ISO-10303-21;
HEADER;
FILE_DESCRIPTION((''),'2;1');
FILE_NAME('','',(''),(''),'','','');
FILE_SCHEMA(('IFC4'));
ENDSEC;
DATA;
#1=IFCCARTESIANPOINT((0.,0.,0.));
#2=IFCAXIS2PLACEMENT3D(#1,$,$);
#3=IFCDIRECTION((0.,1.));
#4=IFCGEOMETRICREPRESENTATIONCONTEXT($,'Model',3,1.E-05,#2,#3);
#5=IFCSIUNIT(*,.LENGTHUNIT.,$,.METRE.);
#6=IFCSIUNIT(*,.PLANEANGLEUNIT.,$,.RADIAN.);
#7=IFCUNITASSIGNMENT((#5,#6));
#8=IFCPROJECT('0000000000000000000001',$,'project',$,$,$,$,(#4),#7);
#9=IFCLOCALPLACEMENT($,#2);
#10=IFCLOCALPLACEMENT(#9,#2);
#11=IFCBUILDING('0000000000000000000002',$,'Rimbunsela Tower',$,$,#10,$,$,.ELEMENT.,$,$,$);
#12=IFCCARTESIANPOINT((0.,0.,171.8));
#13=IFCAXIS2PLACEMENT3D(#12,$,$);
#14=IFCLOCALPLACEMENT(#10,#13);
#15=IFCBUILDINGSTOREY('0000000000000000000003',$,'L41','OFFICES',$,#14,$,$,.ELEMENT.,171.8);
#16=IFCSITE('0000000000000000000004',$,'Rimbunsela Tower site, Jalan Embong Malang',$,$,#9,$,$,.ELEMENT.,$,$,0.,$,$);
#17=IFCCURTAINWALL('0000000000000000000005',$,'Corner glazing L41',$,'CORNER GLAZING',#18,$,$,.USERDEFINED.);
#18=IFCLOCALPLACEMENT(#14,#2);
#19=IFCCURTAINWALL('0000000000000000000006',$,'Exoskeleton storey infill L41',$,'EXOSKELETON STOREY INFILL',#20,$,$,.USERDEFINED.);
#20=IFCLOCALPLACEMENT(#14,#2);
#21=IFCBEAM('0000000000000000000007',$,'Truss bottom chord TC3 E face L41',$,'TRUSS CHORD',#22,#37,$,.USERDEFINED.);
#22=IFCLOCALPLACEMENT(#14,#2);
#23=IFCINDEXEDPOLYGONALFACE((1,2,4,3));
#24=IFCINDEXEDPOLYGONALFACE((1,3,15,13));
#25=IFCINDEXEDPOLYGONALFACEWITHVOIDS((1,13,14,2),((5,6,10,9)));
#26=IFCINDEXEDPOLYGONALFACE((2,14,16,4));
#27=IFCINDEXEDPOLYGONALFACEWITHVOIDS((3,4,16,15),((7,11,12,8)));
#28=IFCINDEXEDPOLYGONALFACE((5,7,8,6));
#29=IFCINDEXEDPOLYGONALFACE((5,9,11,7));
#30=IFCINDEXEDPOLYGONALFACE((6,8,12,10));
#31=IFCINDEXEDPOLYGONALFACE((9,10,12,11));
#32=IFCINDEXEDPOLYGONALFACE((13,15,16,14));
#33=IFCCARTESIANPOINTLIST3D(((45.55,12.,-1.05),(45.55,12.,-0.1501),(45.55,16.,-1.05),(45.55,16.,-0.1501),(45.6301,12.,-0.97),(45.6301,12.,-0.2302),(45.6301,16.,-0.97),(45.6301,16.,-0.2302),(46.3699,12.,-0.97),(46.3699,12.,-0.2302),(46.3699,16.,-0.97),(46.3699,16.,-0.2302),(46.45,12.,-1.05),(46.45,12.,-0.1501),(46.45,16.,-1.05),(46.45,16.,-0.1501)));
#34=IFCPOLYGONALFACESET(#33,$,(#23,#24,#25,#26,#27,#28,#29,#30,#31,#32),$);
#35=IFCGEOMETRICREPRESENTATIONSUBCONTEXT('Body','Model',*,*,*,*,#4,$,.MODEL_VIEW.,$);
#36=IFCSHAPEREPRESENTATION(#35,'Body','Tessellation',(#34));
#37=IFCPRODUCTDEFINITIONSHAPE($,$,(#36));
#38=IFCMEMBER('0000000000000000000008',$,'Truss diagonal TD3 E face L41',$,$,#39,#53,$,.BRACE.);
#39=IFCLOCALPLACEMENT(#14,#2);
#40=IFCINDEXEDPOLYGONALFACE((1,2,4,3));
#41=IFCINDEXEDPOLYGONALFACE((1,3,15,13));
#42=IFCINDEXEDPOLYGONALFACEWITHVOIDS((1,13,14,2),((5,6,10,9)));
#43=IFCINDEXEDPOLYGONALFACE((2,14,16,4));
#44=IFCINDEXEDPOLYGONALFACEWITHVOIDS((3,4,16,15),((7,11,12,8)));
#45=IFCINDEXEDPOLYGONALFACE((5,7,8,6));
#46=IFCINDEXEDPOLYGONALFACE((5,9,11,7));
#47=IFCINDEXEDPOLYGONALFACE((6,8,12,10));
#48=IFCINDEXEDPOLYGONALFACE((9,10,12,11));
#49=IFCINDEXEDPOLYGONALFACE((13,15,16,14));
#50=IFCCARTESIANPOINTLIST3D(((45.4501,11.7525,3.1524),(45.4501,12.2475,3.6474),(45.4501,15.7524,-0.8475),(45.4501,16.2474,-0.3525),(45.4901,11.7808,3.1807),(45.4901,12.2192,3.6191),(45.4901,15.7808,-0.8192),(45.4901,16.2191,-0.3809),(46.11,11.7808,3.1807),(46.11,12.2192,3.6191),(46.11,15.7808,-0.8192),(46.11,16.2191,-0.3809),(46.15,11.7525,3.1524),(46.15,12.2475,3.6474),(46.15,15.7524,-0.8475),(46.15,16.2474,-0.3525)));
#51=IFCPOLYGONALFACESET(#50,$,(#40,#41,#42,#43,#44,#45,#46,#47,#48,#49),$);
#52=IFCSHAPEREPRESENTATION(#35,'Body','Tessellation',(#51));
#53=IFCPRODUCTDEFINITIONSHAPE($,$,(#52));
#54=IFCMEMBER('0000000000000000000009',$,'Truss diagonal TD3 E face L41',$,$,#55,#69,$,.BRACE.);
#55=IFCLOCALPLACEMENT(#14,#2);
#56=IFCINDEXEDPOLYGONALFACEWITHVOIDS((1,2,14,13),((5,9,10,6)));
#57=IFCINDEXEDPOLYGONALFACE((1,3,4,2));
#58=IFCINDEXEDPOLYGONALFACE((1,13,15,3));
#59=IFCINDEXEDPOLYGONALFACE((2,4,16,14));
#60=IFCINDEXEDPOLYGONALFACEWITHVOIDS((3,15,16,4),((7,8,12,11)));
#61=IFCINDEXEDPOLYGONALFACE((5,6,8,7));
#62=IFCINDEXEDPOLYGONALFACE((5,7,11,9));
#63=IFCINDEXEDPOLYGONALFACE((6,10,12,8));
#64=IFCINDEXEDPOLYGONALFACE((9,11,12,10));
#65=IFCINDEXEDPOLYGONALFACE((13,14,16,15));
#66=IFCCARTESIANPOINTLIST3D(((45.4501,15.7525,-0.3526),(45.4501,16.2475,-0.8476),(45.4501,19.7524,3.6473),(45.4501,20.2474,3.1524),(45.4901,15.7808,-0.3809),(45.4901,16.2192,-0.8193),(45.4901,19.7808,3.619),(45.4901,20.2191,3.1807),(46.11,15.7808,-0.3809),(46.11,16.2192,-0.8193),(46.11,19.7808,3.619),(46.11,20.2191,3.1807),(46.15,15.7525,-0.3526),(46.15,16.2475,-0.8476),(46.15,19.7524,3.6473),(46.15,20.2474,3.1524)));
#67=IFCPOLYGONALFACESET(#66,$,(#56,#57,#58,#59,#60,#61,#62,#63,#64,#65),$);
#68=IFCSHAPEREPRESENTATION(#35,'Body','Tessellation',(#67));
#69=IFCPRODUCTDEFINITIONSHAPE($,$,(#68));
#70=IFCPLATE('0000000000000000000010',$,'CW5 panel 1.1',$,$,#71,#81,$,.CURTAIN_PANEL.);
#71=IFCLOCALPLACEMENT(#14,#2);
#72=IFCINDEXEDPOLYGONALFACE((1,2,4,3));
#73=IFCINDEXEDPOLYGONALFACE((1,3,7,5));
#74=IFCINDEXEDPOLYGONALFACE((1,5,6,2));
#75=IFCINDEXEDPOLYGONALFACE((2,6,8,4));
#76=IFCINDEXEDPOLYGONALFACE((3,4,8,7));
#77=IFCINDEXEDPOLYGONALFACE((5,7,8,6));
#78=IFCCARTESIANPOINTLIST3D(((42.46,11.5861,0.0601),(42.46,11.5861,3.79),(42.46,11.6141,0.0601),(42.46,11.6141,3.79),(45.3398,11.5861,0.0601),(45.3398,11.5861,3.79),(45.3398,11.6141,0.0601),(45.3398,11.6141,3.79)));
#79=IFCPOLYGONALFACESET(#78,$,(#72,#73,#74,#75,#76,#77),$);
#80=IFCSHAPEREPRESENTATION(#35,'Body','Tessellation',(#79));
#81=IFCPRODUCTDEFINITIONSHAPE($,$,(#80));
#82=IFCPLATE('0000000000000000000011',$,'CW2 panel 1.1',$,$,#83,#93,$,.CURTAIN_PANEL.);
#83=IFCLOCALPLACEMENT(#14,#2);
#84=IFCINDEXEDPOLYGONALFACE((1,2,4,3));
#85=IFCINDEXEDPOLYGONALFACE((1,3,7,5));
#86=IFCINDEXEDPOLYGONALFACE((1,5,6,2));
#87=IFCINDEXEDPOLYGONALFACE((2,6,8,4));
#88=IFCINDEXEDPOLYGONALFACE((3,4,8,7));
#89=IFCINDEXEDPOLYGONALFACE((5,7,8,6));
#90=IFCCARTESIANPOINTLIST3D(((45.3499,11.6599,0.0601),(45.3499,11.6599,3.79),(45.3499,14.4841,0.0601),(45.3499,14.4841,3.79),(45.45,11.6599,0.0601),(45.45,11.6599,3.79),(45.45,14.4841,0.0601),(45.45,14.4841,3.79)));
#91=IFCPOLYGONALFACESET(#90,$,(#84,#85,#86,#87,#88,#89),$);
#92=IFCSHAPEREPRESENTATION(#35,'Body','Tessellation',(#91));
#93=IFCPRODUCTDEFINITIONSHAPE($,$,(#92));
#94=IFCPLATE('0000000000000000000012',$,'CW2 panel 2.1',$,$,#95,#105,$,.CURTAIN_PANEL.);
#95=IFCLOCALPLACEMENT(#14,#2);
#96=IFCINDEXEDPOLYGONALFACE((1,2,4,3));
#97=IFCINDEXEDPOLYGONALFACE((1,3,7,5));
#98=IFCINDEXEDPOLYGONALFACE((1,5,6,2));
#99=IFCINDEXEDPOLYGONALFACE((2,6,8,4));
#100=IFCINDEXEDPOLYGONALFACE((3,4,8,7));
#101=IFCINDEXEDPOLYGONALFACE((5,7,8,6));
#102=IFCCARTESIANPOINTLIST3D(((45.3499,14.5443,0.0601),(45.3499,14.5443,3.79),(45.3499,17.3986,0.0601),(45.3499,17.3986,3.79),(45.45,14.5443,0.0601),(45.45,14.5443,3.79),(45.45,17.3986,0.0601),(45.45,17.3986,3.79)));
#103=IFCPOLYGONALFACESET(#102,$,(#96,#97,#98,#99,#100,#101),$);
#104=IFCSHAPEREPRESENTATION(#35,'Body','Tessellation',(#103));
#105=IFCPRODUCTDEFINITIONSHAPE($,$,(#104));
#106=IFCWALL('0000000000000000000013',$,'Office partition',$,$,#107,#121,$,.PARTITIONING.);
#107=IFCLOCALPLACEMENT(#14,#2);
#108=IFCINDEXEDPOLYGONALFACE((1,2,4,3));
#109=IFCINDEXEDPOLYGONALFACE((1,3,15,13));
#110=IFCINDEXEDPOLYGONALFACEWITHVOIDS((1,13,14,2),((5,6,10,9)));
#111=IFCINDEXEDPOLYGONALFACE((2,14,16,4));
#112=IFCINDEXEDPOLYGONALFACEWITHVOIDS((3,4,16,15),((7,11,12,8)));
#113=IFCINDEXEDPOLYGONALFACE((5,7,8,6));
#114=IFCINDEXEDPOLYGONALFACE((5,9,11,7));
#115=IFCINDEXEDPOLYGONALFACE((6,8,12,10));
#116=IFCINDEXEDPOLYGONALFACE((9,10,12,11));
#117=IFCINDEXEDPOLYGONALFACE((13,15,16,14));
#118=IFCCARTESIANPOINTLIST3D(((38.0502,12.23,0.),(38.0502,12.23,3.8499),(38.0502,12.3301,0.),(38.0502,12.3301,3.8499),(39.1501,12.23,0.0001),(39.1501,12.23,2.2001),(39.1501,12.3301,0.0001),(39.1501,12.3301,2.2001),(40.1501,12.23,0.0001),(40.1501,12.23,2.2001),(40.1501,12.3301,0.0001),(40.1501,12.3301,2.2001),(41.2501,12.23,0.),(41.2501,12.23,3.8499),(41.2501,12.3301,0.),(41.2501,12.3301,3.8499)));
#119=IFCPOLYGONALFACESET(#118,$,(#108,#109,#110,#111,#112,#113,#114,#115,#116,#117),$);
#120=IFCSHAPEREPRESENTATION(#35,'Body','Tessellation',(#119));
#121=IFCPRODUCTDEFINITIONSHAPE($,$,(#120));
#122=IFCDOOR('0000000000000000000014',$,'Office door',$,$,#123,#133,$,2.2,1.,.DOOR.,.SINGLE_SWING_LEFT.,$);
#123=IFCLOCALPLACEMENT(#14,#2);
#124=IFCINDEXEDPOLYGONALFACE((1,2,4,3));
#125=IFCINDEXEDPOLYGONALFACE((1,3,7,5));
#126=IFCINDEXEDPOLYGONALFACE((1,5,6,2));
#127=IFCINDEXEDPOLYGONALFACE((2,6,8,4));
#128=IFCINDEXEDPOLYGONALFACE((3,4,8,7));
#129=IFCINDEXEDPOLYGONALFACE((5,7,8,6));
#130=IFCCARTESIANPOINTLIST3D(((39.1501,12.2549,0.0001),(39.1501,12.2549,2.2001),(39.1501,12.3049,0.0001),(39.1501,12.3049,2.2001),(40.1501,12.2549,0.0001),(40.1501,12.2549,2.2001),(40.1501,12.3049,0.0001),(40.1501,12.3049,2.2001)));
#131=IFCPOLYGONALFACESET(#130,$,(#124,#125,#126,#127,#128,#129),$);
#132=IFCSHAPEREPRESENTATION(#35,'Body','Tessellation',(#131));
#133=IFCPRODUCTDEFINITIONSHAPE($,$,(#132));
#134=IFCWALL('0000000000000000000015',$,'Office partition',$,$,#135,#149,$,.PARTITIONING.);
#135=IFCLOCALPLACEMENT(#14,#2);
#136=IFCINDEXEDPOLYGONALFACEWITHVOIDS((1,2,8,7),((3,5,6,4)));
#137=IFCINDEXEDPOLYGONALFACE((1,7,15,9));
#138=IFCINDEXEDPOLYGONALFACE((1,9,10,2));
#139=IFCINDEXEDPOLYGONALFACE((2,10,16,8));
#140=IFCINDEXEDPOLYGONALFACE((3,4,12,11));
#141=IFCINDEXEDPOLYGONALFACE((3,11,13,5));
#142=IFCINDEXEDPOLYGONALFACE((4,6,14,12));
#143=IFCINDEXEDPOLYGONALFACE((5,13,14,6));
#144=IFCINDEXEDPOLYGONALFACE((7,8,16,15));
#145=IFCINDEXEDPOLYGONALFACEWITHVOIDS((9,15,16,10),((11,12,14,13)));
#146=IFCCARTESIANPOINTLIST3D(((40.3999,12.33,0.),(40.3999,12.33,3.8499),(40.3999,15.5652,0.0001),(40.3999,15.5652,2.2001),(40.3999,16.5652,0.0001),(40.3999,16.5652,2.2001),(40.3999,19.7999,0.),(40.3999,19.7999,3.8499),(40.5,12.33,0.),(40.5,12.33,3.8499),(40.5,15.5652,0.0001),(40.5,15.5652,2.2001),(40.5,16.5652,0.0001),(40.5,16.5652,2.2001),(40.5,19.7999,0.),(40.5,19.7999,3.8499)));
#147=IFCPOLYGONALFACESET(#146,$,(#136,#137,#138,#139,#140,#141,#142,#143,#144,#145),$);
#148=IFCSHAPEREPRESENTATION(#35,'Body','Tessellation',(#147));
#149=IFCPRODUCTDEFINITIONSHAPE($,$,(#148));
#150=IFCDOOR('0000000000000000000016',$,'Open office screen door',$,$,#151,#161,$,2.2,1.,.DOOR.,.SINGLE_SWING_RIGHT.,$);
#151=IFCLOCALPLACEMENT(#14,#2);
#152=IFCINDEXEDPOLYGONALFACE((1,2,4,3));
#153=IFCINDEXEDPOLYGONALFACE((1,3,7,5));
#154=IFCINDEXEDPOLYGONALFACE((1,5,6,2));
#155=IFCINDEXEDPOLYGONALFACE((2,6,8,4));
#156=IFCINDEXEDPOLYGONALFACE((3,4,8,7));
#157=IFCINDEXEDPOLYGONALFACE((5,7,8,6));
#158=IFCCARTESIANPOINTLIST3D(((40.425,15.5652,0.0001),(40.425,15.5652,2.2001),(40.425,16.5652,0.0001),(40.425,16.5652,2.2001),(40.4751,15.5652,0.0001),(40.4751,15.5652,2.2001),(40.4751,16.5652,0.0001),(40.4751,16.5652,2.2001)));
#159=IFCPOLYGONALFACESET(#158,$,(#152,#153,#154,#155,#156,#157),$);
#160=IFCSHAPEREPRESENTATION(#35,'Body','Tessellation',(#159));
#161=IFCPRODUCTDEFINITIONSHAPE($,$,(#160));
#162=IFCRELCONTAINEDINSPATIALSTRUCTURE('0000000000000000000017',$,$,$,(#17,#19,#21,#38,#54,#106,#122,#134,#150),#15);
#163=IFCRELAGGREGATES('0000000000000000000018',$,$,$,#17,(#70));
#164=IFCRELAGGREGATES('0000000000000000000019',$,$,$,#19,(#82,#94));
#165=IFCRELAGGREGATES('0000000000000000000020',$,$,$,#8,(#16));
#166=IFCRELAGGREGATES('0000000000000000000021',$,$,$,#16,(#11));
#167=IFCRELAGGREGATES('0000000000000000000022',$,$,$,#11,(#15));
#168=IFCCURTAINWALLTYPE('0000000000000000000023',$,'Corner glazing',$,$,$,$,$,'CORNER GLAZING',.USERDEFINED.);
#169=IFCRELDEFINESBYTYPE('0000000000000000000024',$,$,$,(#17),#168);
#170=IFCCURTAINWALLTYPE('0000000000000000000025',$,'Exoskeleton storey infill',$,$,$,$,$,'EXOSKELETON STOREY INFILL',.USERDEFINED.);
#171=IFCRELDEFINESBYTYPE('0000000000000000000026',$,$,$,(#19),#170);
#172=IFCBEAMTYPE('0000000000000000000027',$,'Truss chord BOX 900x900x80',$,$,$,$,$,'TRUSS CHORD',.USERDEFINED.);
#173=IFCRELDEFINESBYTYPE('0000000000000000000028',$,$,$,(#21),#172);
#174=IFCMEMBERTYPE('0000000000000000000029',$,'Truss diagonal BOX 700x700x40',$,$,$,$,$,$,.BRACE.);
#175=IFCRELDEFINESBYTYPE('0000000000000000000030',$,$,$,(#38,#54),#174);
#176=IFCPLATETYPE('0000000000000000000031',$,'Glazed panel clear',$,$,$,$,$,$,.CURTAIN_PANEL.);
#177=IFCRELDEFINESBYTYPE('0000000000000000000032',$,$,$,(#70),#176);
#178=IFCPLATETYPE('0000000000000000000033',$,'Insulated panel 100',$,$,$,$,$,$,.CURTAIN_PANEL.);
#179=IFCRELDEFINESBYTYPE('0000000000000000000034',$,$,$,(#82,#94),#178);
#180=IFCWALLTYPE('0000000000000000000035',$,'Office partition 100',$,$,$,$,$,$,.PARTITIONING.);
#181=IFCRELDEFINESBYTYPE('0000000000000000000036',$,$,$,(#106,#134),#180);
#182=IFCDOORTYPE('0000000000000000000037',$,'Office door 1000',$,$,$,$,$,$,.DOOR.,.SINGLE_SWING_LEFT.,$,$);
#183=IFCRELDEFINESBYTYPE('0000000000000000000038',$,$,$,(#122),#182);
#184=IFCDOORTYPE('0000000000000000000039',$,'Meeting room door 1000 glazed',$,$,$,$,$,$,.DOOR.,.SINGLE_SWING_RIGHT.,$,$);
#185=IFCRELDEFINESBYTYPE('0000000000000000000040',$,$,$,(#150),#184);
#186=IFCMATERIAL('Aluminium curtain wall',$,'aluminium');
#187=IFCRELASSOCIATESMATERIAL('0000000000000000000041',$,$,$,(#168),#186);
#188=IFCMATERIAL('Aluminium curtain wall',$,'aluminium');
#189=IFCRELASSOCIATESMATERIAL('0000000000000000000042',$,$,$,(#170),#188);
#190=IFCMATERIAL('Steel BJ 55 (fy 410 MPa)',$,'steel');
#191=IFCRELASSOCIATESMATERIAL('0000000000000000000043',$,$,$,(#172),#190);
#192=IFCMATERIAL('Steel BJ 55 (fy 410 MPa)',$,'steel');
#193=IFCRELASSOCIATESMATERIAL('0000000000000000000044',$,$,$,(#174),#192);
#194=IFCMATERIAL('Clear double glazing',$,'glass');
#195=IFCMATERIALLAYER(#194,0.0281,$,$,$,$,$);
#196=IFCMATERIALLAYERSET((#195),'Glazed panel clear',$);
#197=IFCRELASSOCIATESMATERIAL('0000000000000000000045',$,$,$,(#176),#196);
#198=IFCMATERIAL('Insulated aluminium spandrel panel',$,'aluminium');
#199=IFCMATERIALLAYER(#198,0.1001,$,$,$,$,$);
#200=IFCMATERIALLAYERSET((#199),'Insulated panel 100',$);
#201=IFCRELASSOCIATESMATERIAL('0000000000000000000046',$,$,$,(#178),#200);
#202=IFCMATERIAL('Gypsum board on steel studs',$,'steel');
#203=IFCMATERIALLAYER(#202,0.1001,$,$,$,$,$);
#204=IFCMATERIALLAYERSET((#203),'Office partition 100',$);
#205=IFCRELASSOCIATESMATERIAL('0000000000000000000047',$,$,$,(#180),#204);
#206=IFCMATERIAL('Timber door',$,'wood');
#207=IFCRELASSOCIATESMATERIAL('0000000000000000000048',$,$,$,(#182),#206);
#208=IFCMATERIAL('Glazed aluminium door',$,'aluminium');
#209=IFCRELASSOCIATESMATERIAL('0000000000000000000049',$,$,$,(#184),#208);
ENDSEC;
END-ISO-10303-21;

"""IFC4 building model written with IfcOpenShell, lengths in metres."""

from ifc_helpers import new_model, si_unit, direction, frame, frame_2d, origin, origin_2d, place, context, subcontext, project, spatial, rectangle, hollow_rectangle, extrude, material, layer, layer_set, material_profile, profile_set, type_object, element, fill, aggregate, save


model = new_model("IFC4")

# Units and contexts
model_context = context("Model", 3, precision=1e-05, world=origin(), true_north=direction((0.0, 1.0)))
body_context = subcontext(model_context, "Body", "Model", "MODEL_VIEW")
ifc_project = project(units=[si_unit("LENGTHUNIT", "METRE"), si_unit("PLANEANGLEUNIT", "RADIAN")], contexts=[model_context])

# Site, building, storey
site_placement = place(None, origin())
site = spatial("IfcSite", under=ifc_project, at=site_placement, Name="Rimbunsela Tower site, Jalan Embong Malang", CompositionType="ELEMENT", RefElevation=0.0)
building_placement = place(site_placement, origin())
building = spatial("IfcBuilding", under=site, at=building_placement, Name="Rimbunsela Tower", CompositionType="ELEMENT")
storey_placement = place(building_placement, frame((0.0, 0.0, 171.8)))
storey = spatial("IfcBuildingStorey", under=building, at=storey_placement, Name="L41", Description="OFFICES", CompositionType="ELEMENT", Elevation=171.8)

# Shared definitions
ifc_material_1 = material(Name="Aluminium curtain wall", Category="aluminium")
curtain_wall_type_1 = type_object("IfcCurtainWallType", Name="Corner glazing", ElementType="CORNER GLAZING", PredefinedType="USERDEFINED", material=ifc_material_1)

# Curtain walls
curtain_wall_1_placement = place(storey_placement, origin())
curtain_wall_1 = element("IfcCurtainWall", 1, at=curtain_wall_1_placement, inside=storey, type_object=curtain_wall_type_1, Name="Corner glazing L41", ObjectType="CORNER GLAZING", PredefinedType="USERDEFINED")
ifc_material_2 = material(Name="Aluminium curtain wall", Category="aluminium")
curtain_wall_type_2 = type_object("IfcCurtainWallType", Name="Exoskeleton storey infill", ElementType="EXOSKELETON STOREY INFILL", PredefinedType="USERDEFINED", material=ifc_material_2)
curtain_wall_2_placement = place(storey_placement, origin())
curtain_wall_2 = element("IfcCurtainWall", 2, at=curtain_wall_2_placement, inside=storey, type_object=curtain_wall_type_2, Name="Exoskeleton storey infill L41", ObjectType="EXOSKELETON STOREY INFILL", PredefinedType="USERDEFINED")

# Beam
ifc_material_3 = material(Name="Steel BJ 55 (fy 410 MPa)", Category="steel")
ifc_material_profile_1 = material_profile(ifc_material_3, hollow_rectangle(XDim=0.8999, YDim=0.8999, WallThickness=0.0801, at=origin_2d()), Name="BOX 900x900x80")
ifc_profile_set_1 = profile_set([ifc_material_profile_1], Name="Steel BJ 55 (fy 410 MPa)")
beam_type = type_object("IfcBeamType", Name="Truss chord BOX 900x900x80", ElementType="TRUSS CHORD", PredefinedType="USERDEFINED", material=ifc_profile_set_1)
for number, where, z_axis, x_axis, name in (
    (3, (46.0, 12.0, -0.6001), (0.0, 1.0, 0.0), (-1.0, 0.0, 0.0), "Truss bottom chord TC3 E face L41"),
):
    element("IfcBeam", number, at=place(storey_placement, frame(where, z_axis=z_axis, x_axis=x_axis)), inside=storey, type_object=beam_type, Name=name, ObjectType="TRUSS CHORD", PredefinedType="USERDEFINED", context=body_context, shape_type="SweptSolid", body=[
        extrude(hollow_rectangle(XDim=0.8999, YDim=0.8999, WallThickness=0.0801, at=origin_2d()), origin(), (0.0, 0.0, 1.0), 4.0),
    ])

# Members
ifc_material_4 = material(Name="Steel BJ 55 (fy 410 MPa)", Category="steel")
ifc_material_profile_2 = material_profile(ifc_material_4, hollow_rectangle(XDim=0.7, YDim=0.7, WallThickness=0.04, at=origin_2d()), Name="BOX 700x700x40")
ifc_profile_set_2 = profile_set([ifc_material_profile_2], Name="Steel BJ 55 (fy 410 MPa)")
member_type_1 = type_object("IfcMemberType", Name="Truss diagonal BOX 700x700x40", PredefinedType="BRACE", material=ifc_profile_set_2)
for number, where, z_axis, x_axis, name in (
    (4, (45.8, 12.0, 3.3999), (0.0, 0.707107, -0.707107), (-1.0, 0.0, 0.0), "Truss diagonal TD3 E face L41"),
    (5, (45.8, 16.0, -0.6001), (0.0, 0.707107, 0.707107), (-1.0, 0.0, 0.0), "Truss diagonal TD3 E face L41"),
):
    element("IfcMember", number, at=place(storey_placement, frame(where, z_axis=z_axis, x_axis=x_axis)), inside=storey, type_object=member_type_1, Name=name, PredefinedType="BRACE", context=body_context, shape_type="SweptSolid", body=[
        extrude(hollow_rectangle(XDim=0.7, YDim=0.7, WallThickness=0.04, at=origin_2d()), origin(), (0.0, 0.0, 1.0), 5.6567),
    ])

# Plates
ifc_material_5 = material(Name="Clear double glazing", Category="glass")
ifc_layer_1 = layer(ifc_material_5, 0.0281)
ifc_layer_set_1 = layer_set([ifc_layer_1], Name="Glazed panel clear")
plate_type_1 = type_object("IfcPlateType", Name="Glazed panel clear", PredefinedType="CURTAIN_PANEL", material=ifc_layer_set_1)
plate_1_placement = place(storey_placement, frame((43.8999, 11.6001, 0.0601), z_axis=(0.0, 0.0, 1.0), x_axis=(1.0, 0.0, 0.0)))
plate_1 = element("IfcPlate", 6, at=plate_1_placement, type_object=plate_type_1, Name="CW5 panel 1.1", PredefinedType="CURTAIN_PANEL", context=body_context, shape_type="SweptSolid", body=[
    extrude(rectangle(XDim=2.8799, YDim=0.0281, at=origin_2d()), origin(), (0.0, 0.0, 1.0), 3.73),
])
aggregate(curtain_wall_1, [plate_1])
ifc_material_6 = material(Name="Insulated aluminium spandrel panel", Category="aluminium")
ifc_layer_2 = layer(ifc_material_6, 0.1001)
ifc_layer_set_2 = layer_set([ifc_layer_2], Name="Insulated panel 100")
plate_type_2 = type_object("IfcPlateType", Name="Insulated panel 100", PredefinedType="CURTAIN_PANEL", material=ifc_layer_set_2)
plate_2_placement = place(storey_placement, frame((45.3999, 13.072, 0.0601), z_axis=(0.0, 0.0, 1.0), x_axis=(0.0, 1.0, 0.0)))
plate_2 = element("IfcPlate", 7, at=plate_2_placement, type_object=plate_type_2, Name="CW2 panel 1.1", PredefinedType="CURTAIN_PANEL", context=body_context, shape_type="SweptSolid", body=[
    extrude(rectangle(XDim=2.8242, YDim=0.1001, at=origin_2d()), origin(), (0.0, 0.0, 1.0), 3.73),
])
plate_3_placement = place(storey_placement, frame((45.3999, 15.9714, 0.0601), z_axis=(0.0, 0.0, 1.0), x_axis=(0.0, 1.0, 0.0)))
plate_3 = element("IfcPlate", 8, at=plate_3_placement, type_object=plate_type_2, Name="CW2 panel 2.1", PredefinedType="CURTAIN_PANEL", context=body_context, shape_type="SweptSolid", body=[
    extrude(rectangle(XDim=2.8542, YDim=0.1001, at=origin_2d()), origin(), (0.0, 0.0, 1.0), 3.73),
])
aggregate(curtain_wall_2, [plate_2, plate_3])

# Walls, openings, doors
ifc_material_7 = material(Name="Gypsum board on steel studs", Category="steel")
ifc_layer_3 = layer(ifc_material_7, 0.1001)
ifc_layer_set_3 = layer_set([ifc_layer_3], Name="Office partition 100")
wall_type = type_object("IfcWallType", Name="Office partition 100", PredefinedType="PARTITIONING", material=ifc_layer_set_3)
wall_1_placement = place(storey_placement, frame((38.05, 12.28, 0.0), z_axis=(0.0, 0.0, 1.0), x_axis=(1.0, 0.0, 0.0)))
wall_1 = element("IfcWall", 9, at=wall_1_placement, inside=storey, type_object=wall_type, Name="Office partition", PredefinedType="PARTITIONING", context=body_context, shape_type="SweptSolid", body=[
    extrude(rectangle(XDim=3.2, YDim=0.1001, at=frame_2d((1.6001, 0.0))), origin(), (0.0, 0.0, 1.0), 3.8499),
])
opening_1_placement = place(wall_1_placement, frame((1.1001, 0.0, 0.0)))
opening_1 = element("IfcOpeningElement", 10, at=opening_1_placement, cuts=wall_1, PredefinedType="OPENING", context=body_context, shape_type="SweptSolid", body=[
    extrude(rectangle(XDim=1.0, YDim=2.2, at=frame_2d((0.5, 1.1001))), frame((0.0, 0.0601, 0.0), z_axis=(0.0, -1.0, 0.0), x_axis=(1.0, 0.0, 0.0)), (0.0, 0.0, 1.0), 0.1201),
])
ifc_material_8 = material(Name="Timber door", Category="wood")
door_type_1 = type_object("IfcDoorType", Name="Office door 1000", OperationType="SINGLE_SWING_LEFT", PredefinedType="DOOR", material=ifc_material_8)
door_1_placement = place(opening_1_placement, origin())
door_1 = element("IfcDoor", 11, at=door_1_placement, inside=storey, type_object=door_type_1, Name="Office door", OperationType="SINGLE_SWING_LEFT", OverallHeight=2.2, OverallWidth=1.0, PredefinedType="DOOR", context=body_context, shape_type="SweptSolid", body=[
    extrude(rectangle(XDim=1.0, YDim=2.2, at=frame_2d((0.5, 1.1001))), frame((0.0, 0.0249, 0.0), z_axis=(0.0, -1.0, 0.0), x_axis=(1.0, 0.0, 0.0)), (0.0, 0.0, 1.0), 0.05),
])
fill(opening_1, door_1)
wall_2_placement = place(storey_placement, frame((40.45, 12.3301, 0.0), z_axis=(0.0, 0.0, 1.0), x_axis=(0.0, 1.0, 0.0)))
wall_2 = element("IfcWall", 12, at=wall_2_placement, inside=storey, type_object=wall_type, Name="Office partition", PredefinedType="PARTITIONING", context=body_context, shape_type="SweptSolid", body=[
    extrude(rectangle(XDim=7.47, YDim=0.1001, at=frame_2d((3.7349, 0.0))), origin(), (0.0, 0.0, 1.0), 3.8499),
])
opening_2_placement = place(wall_2_placement, frame((3.2351, 0.0, 0.0)))
opening_2 = element("IfcOpeningElement", 13, at=opening_2_placement, cuts=wall_2, PredefinedType="OPENING", context=body_context, shape_type="SweptSolid", body=[
    extrude(rectangle(XDim=1.0, YDim=2.2, at=frame_2d((0.5, 1.1001))), frame((0.0, 0.0601, 0.0), z_axis=(0.0, -1.0, 0.0), x_axis=(1.0, 0.0, 0.0)), (0.0, 0.0, 1.0), 0.1201),
])
ifc_material_9 = material(Name="Glazed aluminium door", Category="aluminium")
door_type_2 = type_object("IfcDoorType", Name="Meeting room door 1000 glazed", OperationType="SINGLE_SWING_RIGHT", PredefinedType="DOOR", material=ifc_material_9)
door_2_placement = place(opening_2_placement, origin())
door_2 = element("IfcDoor", 14, at=door_2_placement, inside=storey, type_object=door_type_2, Name="Open office screen door", OperationType="SINGLE_SWING_RIGHT", OverallHeight=2.2, OverallWidth=1.0, PredefinedType="DOOR", context=body_context, shape_type="SweptSolid", body=[
    extrude(rectangle(XDim=1.0, YDim=2.2, at=frame_2d((0.5, 1.1001))), frame((0.0, 0.0249, 0.0), z_axis=(0.0, -1.0, 0.0), x_axis=(1.0, 0.0, 0.0)), (0.0, 0.0, 1.0), 0.05),
])
fill(opening_2, door_2)

save(model, "model.ifc")
